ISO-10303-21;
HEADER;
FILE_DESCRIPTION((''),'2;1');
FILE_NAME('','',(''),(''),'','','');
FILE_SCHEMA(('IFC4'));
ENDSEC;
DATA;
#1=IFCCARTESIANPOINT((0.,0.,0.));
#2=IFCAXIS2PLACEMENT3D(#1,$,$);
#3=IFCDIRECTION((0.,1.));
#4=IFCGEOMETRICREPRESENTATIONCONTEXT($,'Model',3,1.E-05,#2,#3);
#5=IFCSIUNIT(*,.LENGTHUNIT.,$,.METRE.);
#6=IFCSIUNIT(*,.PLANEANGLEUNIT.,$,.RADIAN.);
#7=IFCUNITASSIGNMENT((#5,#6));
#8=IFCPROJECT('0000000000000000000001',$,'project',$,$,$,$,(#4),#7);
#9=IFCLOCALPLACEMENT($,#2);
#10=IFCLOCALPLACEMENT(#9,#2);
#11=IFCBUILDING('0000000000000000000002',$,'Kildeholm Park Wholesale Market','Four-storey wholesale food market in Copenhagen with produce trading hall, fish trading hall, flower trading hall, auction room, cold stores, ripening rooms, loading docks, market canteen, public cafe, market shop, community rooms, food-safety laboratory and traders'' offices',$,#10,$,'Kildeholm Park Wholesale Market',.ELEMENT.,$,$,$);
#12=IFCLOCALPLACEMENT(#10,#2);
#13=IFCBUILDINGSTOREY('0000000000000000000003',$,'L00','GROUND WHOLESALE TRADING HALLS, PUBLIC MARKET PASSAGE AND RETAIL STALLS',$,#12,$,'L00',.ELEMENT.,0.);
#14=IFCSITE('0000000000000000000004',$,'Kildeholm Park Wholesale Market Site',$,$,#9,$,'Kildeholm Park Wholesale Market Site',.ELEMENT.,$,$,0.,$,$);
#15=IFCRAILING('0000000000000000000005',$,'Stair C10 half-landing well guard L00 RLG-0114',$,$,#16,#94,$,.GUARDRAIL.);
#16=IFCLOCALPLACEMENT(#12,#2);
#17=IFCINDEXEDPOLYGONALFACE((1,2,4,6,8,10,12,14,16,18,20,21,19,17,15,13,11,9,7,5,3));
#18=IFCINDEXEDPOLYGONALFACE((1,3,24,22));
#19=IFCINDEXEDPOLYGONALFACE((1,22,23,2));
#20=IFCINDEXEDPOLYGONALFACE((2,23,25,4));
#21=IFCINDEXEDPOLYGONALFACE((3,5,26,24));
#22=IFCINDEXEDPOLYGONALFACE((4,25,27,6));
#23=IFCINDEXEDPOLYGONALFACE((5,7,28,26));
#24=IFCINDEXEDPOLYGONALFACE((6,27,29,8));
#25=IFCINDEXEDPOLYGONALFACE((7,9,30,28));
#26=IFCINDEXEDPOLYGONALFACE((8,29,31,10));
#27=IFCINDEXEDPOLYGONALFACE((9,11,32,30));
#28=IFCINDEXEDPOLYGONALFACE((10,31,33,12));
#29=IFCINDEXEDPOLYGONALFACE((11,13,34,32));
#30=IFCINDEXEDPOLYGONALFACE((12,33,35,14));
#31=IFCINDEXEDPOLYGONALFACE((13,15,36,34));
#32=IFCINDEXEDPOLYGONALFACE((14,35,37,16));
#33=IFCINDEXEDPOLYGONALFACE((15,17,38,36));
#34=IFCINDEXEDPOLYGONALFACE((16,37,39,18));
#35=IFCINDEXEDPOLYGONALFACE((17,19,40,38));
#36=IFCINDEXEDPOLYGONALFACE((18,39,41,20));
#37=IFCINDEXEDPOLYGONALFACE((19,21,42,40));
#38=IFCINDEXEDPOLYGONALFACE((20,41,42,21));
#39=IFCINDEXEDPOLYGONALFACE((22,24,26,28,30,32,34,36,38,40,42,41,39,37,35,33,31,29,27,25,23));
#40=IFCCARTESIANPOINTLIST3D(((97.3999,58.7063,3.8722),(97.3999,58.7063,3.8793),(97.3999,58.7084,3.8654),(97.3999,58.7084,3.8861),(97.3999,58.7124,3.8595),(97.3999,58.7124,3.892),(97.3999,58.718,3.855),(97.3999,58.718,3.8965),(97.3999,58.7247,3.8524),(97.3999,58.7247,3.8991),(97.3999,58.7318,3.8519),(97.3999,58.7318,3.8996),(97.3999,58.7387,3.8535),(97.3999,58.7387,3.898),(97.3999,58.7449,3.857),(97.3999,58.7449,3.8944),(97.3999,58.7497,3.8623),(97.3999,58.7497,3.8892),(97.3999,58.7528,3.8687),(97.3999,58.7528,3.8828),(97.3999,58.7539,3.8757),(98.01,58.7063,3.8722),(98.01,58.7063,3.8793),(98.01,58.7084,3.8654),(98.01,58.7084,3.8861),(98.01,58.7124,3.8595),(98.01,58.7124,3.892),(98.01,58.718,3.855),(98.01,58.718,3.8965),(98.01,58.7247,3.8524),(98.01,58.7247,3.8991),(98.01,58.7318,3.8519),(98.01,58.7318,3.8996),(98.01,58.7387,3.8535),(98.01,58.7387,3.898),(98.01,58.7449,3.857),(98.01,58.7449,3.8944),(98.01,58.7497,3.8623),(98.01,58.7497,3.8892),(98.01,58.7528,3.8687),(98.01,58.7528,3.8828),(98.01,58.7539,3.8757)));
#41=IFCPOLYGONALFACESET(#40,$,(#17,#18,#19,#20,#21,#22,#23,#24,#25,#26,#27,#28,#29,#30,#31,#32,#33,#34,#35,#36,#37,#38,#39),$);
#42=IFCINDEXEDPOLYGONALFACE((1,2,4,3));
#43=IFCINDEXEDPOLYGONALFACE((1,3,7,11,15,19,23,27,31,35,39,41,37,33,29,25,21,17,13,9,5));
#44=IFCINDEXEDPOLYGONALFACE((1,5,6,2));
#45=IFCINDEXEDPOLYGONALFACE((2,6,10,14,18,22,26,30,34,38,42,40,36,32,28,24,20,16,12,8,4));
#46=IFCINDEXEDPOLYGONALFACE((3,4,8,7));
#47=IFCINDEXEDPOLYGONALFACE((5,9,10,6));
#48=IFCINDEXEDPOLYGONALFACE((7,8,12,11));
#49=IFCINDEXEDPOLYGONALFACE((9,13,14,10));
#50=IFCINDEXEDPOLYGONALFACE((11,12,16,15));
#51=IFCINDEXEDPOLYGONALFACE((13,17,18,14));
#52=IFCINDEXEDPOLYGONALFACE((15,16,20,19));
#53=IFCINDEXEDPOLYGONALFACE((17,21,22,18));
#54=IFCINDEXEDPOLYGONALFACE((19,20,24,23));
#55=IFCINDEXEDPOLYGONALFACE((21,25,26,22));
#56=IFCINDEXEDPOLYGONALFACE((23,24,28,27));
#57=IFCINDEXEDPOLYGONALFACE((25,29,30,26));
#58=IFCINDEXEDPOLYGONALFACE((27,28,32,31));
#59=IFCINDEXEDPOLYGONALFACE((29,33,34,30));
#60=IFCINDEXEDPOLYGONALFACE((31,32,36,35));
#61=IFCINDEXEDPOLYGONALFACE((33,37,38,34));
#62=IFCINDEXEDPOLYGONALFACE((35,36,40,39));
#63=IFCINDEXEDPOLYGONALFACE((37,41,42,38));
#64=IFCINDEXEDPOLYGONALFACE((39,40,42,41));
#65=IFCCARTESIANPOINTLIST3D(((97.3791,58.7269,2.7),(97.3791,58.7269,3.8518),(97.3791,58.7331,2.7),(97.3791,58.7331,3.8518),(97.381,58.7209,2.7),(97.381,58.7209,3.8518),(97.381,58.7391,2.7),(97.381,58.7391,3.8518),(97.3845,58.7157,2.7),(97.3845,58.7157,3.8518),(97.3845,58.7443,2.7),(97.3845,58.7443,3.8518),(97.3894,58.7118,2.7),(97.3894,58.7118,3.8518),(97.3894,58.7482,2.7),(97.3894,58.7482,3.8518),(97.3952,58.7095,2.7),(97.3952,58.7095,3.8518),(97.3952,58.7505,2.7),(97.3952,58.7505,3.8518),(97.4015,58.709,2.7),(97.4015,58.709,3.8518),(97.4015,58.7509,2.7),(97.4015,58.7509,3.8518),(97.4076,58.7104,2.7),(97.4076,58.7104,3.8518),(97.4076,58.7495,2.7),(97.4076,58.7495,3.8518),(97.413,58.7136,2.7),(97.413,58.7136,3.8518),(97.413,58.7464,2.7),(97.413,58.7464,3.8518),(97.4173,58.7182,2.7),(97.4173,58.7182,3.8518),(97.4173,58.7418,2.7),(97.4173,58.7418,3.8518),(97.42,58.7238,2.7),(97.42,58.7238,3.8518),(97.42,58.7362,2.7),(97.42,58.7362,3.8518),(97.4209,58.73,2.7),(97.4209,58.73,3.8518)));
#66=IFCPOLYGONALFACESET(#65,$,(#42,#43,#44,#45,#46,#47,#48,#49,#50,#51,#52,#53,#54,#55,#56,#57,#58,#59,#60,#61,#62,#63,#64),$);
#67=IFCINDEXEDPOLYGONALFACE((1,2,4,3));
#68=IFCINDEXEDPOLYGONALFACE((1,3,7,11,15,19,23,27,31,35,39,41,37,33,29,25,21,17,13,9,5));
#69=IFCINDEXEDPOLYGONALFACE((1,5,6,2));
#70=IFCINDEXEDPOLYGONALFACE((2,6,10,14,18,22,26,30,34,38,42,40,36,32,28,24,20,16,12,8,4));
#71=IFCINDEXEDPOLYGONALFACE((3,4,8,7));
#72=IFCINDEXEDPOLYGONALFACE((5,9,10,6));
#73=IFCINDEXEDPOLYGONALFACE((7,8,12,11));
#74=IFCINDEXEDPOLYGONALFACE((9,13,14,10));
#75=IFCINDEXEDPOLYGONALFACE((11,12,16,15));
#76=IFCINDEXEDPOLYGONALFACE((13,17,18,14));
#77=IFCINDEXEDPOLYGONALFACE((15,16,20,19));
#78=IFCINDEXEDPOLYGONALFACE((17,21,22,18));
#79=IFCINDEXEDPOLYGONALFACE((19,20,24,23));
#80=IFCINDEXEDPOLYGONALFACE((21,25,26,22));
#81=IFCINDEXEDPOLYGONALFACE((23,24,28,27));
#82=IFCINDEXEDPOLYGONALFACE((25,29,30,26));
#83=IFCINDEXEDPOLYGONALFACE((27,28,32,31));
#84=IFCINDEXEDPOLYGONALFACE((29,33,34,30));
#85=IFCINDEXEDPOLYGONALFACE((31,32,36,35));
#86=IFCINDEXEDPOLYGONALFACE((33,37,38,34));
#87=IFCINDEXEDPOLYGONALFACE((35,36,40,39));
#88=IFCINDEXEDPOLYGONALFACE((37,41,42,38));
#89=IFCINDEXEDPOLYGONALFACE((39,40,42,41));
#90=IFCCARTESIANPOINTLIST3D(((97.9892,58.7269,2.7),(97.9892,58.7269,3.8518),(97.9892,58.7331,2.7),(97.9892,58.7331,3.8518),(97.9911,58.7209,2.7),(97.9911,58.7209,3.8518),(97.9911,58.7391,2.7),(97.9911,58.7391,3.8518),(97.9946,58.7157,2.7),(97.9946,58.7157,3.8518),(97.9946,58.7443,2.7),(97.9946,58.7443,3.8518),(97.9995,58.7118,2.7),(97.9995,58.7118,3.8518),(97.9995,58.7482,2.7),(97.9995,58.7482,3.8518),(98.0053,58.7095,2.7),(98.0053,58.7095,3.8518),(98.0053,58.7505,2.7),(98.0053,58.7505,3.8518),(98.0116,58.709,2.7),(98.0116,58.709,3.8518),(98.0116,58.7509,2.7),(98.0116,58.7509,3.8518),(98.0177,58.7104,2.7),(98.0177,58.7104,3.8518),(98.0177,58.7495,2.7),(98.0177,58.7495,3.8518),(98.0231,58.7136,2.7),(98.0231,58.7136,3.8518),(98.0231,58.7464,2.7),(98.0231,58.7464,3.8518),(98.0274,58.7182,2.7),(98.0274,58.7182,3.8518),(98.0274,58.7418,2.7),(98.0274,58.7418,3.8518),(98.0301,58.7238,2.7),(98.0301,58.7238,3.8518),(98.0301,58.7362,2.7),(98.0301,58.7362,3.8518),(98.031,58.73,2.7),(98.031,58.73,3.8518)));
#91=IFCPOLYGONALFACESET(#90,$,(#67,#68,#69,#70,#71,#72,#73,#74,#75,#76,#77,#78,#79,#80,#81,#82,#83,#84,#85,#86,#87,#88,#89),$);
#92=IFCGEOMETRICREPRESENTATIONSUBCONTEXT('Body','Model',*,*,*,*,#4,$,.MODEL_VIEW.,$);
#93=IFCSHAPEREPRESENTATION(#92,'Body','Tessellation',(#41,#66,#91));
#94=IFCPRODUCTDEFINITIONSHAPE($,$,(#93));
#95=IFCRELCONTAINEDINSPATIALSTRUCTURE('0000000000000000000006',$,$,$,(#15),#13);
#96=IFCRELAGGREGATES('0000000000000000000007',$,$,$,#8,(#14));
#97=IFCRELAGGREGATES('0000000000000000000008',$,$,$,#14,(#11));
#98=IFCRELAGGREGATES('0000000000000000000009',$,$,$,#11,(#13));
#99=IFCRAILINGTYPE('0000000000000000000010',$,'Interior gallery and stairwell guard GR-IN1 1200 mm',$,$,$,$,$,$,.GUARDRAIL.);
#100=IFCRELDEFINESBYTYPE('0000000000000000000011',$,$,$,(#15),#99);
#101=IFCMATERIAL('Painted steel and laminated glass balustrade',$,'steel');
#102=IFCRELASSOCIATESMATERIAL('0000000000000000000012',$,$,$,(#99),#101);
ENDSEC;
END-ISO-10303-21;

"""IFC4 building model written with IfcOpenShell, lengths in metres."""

from ifc_helpers import new_model, si_unit, direction, frame, origin, origin_2d, place, context, subcontext, project, spatial, circle, extrude, material, type_object, element, save


model = new_model("IFC4")

# Units and contexts
model_context = context("Model", 3, precision=1e-05, world=origin(), true_north=direction((0.0, 1.0)))
body_context = subcontext(model_context, "Body", "Model", "MODEL_VIEW")
ifc_project = project(units=[si_unit("LENGTHUNIT", "METRE"), si_unit("PLANEANGLEUNIT", "RADIAN")], contexts=[model_context])

# Site, building, storey
site_placement = place(None, origin())
site = spatial("IfcSite", under=ifc_project, at=site_placement, Name="Kildeholm Park Wholesale Market Site", LongName="Kildeholm Park Wholesale Market Site", CompositionType="ELEMENT", RefElevation=0.0)
building_placement = place(site_placement, origin())
building = spatial("IfcBuilding", under=site, at=building_placement, Name="Kildeholm Park Wholesale Market", Description="Four-storey wholesale food market in Copenhagen with produce trading hall, fish trading hall, flower trading hall, auction room, cold stores, ripening rooms, loading docks, market canteen, public cafe, market shop, community rooms, food-safety laboratory and traders' offices", LongName="Kildeholm Park Wholesale Market", CompositionType="ELEMENT")
storey_placement = place(building_placement, origin())
storey = spatial("IfcBuildingStorey", under=building, at=storey_placement, Name="L00", Description="GROUND WHOLESALE TRADING HALLS, PUBLIC MARKET PASSAGE AND RETAIL STALLS", LongName="L00", CompositionType="ELEMENT", Elevation=0.0)

# Railing
ifc_material_1 = material(Name="Painted steel and laminated glass balustrade", Category="steel")
railing_type_1 = type_object("IfcRailingType", Name="Interior gallery and stairwell guard GR-IN1 1200 mm", PredefinedType="GUARDRAIL", material=ifc_material_1)
railing_1_placement = place(storey_placement, frame((97.3999, 58.73, 2.7)))
element("IfcRailing", 1, at=railing_1_placement, inside=storey, type_object=railing_type_1, Name="Stair C10 half-landing well guard L00 RLG-0114", PredefinedType="GUARDRAIL", context=body_context, shape_type="SweptSolid", body=[
    extrude(circle(Radius=0.0239, at=origin_2d()), frame((0.0, 0.0, 1.1758), z_axis=(1.0, 0.0, 0.0), x_axis=(0.0, 1.0, 0.0)), (0.0, 0.0, 1.0), 0.6101),
    extrude(circle(Radius=0.021, at=origin_2d()), origin(), (0.0, 0.0, 1.0), 1.1519),
    extrude(circle(Radius=0.021, at=origin_2d()), frame((0.6101, 0.0, 0.0)), (0.0, 0.0, 1.0), 1.1519),
])

save(model, "model.ifc")
